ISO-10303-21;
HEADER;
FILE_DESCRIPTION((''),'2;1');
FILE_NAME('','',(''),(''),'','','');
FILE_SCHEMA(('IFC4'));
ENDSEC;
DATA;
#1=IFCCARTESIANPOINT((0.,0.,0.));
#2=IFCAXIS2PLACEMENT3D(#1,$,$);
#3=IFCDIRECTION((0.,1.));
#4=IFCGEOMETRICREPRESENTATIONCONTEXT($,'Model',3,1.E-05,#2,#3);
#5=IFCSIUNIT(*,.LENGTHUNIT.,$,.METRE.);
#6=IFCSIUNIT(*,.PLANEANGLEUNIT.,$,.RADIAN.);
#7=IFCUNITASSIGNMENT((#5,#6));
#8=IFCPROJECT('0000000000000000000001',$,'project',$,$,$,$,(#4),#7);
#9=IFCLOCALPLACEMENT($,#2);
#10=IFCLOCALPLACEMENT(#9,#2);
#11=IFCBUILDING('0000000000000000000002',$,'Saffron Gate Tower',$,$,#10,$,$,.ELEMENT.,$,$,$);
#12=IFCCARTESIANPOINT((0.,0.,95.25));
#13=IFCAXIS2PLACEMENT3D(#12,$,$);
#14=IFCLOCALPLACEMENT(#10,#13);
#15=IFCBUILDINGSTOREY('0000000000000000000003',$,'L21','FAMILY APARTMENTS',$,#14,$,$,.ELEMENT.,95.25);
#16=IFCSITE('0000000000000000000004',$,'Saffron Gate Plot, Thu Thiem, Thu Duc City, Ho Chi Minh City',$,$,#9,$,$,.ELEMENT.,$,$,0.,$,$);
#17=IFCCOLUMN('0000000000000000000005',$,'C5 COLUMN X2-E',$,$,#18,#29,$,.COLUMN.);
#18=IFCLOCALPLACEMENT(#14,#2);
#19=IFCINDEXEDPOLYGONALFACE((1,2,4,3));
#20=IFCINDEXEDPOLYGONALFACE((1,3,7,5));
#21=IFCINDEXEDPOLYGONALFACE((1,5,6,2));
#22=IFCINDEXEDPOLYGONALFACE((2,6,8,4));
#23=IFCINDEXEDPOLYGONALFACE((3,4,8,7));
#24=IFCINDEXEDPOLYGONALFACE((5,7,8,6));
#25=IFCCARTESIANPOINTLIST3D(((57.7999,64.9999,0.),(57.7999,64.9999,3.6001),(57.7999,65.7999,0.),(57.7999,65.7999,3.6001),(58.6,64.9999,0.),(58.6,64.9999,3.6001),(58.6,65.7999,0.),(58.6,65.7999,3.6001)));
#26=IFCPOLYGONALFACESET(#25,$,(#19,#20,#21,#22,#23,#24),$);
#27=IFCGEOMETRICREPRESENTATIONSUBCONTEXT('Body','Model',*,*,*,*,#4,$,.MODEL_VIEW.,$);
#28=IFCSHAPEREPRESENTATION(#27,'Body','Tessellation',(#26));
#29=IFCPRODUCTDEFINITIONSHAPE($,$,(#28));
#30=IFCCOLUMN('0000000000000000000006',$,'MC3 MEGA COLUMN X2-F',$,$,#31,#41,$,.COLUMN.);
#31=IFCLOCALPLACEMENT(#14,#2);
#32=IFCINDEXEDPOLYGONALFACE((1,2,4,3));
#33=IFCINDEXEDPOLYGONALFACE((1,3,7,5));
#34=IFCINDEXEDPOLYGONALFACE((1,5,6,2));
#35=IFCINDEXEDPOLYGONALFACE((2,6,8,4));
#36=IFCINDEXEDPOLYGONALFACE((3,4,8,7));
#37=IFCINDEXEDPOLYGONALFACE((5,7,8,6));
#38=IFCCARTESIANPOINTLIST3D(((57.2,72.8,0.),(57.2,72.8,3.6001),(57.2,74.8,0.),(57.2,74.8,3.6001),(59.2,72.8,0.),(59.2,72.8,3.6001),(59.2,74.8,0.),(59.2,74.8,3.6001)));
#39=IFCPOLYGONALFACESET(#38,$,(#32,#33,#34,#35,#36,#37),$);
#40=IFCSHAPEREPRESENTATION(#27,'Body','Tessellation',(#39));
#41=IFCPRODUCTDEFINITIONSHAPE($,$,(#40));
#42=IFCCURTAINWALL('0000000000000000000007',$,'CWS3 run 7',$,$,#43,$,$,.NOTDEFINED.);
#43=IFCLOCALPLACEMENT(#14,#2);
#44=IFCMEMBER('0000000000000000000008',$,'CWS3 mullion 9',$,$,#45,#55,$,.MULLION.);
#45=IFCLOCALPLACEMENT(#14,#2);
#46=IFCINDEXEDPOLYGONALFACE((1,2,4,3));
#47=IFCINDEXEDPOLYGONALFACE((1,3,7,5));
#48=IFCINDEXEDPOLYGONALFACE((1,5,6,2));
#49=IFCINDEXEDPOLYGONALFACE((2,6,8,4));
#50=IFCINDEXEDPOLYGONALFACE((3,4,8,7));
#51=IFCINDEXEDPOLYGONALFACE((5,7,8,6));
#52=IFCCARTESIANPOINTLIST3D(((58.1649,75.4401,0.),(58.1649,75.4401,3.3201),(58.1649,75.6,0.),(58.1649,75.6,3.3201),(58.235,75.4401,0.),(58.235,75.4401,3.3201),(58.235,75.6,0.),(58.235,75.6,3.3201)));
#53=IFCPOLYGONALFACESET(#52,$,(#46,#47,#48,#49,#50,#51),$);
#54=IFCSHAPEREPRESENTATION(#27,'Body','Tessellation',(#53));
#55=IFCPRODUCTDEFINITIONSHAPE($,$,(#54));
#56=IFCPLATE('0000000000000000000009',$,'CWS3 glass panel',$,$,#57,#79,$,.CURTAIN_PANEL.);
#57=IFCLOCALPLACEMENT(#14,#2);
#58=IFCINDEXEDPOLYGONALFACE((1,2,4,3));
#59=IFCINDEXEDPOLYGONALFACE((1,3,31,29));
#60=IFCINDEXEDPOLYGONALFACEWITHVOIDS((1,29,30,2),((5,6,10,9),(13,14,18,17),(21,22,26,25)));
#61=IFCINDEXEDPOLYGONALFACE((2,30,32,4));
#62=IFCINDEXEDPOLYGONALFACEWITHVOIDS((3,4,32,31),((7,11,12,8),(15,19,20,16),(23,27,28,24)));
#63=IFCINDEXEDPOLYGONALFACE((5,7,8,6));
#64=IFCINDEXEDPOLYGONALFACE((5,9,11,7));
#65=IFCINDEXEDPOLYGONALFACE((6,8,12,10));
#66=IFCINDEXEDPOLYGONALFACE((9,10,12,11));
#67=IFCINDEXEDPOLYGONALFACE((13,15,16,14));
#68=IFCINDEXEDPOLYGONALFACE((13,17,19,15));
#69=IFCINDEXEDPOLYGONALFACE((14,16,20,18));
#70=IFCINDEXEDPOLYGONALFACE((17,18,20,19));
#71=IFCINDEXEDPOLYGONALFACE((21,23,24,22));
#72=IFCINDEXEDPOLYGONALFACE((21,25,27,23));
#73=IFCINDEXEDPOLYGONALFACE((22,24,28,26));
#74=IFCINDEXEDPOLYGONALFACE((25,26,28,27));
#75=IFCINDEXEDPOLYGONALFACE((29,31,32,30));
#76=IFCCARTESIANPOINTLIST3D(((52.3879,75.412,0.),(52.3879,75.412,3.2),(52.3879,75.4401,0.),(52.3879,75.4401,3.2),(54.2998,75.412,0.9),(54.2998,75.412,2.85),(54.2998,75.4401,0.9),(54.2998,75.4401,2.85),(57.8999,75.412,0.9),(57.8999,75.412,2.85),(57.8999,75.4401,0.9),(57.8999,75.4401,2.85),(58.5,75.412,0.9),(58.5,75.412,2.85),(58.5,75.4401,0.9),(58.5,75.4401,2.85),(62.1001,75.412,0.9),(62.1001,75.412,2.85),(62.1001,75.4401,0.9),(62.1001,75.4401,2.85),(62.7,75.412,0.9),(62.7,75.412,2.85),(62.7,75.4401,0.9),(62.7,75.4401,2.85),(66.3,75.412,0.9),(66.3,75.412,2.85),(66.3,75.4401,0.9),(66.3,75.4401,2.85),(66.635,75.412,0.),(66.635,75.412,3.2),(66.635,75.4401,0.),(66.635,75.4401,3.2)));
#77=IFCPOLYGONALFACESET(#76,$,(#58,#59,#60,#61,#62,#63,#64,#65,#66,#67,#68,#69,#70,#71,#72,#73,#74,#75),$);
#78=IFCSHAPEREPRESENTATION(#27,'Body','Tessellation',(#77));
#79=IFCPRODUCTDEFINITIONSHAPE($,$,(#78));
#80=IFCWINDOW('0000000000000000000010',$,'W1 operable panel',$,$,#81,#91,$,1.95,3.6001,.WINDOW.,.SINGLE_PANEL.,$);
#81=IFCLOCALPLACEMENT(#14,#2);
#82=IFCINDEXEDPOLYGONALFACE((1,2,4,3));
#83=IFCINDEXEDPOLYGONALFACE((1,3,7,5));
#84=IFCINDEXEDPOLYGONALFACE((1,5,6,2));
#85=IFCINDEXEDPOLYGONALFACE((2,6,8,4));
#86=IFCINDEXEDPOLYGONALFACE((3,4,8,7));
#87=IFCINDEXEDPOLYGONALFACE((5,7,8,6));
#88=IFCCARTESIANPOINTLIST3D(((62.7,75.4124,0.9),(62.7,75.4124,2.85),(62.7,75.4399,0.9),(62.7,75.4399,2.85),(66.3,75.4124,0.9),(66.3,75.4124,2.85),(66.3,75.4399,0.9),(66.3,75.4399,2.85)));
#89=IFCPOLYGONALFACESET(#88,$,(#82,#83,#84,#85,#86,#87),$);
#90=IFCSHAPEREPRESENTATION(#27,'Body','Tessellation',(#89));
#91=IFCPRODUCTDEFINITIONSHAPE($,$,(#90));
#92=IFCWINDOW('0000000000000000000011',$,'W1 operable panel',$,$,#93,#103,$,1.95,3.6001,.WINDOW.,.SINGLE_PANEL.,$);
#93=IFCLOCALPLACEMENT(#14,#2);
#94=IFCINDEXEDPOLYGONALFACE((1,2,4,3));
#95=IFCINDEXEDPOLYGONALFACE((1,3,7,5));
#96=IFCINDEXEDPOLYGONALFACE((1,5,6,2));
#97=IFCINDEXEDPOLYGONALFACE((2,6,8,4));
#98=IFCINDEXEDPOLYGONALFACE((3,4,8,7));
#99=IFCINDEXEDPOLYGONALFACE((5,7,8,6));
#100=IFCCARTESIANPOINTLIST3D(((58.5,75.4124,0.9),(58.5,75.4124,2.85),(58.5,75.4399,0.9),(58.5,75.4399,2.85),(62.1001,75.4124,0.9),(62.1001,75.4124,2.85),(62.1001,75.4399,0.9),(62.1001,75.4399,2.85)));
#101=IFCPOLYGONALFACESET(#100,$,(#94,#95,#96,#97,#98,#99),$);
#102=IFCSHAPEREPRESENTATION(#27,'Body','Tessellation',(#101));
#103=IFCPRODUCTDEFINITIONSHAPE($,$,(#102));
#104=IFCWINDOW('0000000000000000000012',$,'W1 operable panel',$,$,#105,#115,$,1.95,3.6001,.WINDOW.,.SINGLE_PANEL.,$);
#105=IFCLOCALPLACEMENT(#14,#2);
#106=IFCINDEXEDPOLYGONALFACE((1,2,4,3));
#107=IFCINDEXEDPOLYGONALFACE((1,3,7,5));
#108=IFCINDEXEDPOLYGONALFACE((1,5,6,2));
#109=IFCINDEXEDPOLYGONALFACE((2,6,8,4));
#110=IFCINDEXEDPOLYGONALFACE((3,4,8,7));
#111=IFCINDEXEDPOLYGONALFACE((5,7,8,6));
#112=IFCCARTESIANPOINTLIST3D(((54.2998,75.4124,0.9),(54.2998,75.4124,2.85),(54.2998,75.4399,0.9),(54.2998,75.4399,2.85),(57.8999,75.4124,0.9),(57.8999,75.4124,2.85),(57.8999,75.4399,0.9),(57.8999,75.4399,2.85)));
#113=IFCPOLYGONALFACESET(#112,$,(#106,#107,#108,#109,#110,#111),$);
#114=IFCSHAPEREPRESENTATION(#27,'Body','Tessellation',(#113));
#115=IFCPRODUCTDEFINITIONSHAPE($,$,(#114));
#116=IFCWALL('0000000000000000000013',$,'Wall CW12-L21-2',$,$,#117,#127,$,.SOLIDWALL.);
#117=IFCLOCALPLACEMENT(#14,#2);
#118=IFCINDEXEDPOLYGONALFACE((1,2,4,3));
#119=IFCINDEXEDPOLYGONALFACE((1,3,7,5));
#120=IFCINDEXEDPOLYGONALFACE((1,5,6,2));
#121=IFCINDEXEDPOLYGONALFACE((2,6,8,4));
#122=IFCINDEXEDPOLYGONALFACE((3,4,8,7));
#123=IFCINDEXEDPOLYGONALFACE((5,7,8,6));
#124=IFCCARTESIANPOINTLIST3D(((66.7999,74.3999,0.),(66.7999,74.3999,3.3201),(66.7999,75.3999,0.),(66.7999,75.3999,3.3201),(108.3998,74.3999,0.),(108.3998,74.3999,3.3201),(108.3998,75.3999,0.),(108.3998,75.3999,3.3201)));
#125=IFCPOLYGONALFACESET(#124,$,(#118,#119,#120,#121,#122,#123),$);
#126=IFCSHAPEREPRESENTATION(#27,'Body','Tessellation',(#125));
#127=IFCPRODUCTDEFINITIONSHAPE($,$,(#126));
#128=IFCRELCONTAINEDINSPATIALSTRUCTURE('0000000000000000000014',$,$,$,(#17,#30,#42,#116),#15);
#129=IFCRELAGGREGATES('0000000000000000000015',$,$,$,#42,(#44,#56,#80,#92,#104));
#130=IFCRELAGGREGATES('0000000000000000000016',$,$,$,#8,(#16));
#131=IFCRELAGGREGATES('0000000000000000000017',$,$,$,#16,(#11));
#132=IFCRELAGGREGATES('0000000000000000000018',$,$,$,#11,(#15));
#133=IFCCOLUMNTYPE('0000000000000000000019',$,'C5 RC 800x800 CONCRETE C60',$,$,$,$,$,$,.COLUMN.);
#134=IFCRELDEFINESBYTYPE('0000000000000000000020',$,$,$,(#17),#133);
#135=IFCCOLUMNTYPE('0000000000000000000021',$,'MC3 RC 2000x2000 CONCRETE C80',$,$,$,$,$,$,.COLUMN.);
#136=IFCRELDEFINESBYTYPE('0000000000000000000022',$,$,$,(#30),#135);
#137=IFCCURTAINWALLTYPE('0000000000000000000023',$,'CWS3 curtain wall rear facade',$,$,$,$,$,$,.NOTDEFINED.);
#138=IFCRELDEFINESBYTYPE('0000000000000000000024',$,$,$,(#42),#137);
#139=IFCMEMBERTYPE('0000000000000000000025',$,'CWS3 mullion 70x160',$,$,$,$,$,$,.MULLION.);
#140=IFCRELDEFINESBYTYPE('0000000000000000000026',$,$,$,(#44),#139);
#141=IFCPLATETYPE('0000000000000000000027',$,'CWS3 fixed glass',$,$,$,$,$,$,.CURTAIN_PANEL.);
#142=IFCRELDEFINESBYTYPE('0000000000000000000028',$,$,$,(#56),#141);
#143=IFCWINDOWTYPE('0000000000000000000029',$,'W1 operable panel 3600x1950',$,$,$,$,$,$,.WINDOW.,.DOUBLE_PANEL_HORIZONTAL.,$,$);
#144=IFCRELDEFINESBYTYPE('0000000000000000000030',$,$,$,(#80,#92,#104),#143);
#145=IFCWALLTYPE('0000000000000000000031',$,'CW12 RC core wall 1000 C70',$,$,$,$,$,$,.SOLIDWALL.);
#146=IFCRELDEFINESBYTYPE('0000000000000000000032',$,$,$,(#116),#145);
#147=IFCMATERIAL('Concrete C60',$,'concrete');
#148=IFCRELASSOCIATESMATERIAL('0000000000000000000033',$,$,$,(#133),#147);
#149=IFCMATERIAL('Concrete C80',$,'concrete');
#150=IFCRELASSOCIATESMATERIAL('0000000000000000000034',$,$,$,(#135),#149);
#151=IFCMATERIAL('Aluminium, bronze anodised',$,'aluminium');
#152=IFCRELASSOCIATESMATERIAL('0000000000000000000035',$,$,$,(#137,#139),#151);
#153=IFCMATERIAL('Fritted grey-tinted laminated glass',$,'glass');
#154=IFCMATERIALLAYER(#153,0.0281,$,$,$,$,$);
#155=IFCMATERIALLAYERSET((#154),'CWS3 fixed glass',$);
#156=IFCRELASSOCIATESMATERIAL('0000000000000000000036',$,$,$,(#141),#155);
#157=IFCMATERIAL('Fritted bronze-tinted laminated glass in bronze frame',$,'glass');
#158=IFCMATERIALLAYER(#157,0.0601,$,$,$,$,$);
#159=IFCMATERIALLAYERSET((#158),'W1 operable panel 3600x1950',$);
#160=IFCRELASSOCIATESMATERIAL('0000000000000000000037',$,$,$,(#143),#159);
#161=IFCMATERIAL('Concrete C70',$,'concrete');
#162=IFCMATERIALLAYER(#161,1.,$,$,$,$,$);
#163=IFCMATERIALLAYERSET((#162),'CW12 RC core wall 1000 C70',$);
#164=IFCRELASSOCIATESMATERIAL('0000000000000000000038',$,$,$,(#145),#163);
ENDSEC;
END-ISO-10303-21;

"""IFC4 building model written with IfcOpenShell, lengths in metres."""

from ifc_helpers import new_model, si_unit, direction, frame, frame_2d, origin, origin_2d, place, context, subcontext, project, spatial, rectangle, extrude, material, layer, layer_set, material_profile, profile_set, type_object, element, fill, aggregate, save


model = new_model("IFC4")

# Units and contexts
model_context = context("Model", 3, precision=1e-05, world=origin(), true_north=direction((0.0, 1.0)))
body_context = subcontext(model_context, "Body", "Model", "MODEL_VIEW")
ifc_project = project(units=[si_unit("LENGTHUNIT", "METRE"), si_unit("PLANEANGLEUNIT", "RADIAN")], contexts=[model_context])

# Site, building, storey
site_placement = place(None, origin())
site = spatial("IfcSite", under=ifc_project, at=site_placement, Name="Saffron Gate Plot, Thu Thiem, Thu Duc City, Ho Chi Minh City", CompositionType="ELEMENT", RefElevation=0.0)
building_placement = place(site_placement, origin())
building = spatial("IfcBuilding", under=site, at=building_placement, Name="Saffron Gate Tower", CompositionType="ELEMENT")
storey_placement = place(building_placement, frame((0.0, 0.0, 95.25)))
storey = spatial("IfcBuildingStorey", under=building, at=storey_placement, Name="L21", Description="FAMILY APARTMENTS", CompositionType="ELEMENT", Elevation=95.25)

# Columns
ifc_material_1 = material(Name="Concrete C60", Category="concrete")
ifc_material_profile_1 = material_profile(ifc_material_1, rectangle(XDim=0.8, YDim=0.8, at=origin_2d()))
ifc_profile_set_1 = profile_set([ifc_material_profile_1], Name="Concrete C60")
column_type_1 = type_object("IfcColumnType", Name="C5 RC 800x800 CONCRETE C60", PredefinedType="COLUMN", material=ifc_profile_set_1)
column_1_placement = place(storey_placement, frame((58.2, 65.3999, 0.0), z_axis=(0.0, 0.0, 1.0), x_axis=(1.0, 0.0, 0.0)))
element("IfcColumn", 1, at=column_1_placement, inside=storey, type_object=column_type_1, Name="C5 COLUMN X2-E", PredefinedType="COLUMN", context=body_context, shape_type="SweptSolid", body=[
    extrude(rectangle(XDim=0.8, YDim=0.8, at=origin_2d()), origin(), (0.0, 0.0, 1.0), 3.6001),
])
ifc_material_2 = material(Name="Concrete C80", Category="concrete")
ifc_material_profile_2 = material_profile(ifc_material_2, rectangle(XDim=2.0, YDim=2.0, at=origin_2d()))
ifc_profile_set_2 = profile_set([ifc_material_profile_2], Name="Concrete C80")
column_type_2 = type_object("IfcColumnType", Name="MC3 RC 2000x2000 CONCRETE C80", PredefinedType="COLUMN", material=ifc_profile_set_2)
column_2_placement = place(storey_placement, frame((58.2, 73.8, 0.0), z_axis=(0.0, 0.0, 1.0), x_axis=(1.0, 0.0, 0.0)))
element("IfcColumn", 2, at=column_2_placement, inside=storey, type_object=column_type_2, Name="MC3 MEGA COLUMN X2-F", PredefinedType="COLUMN", context=body_context, shape_type="SweptSolid", body=[
    extrude(rectangle(XDim=2.0, YDim=2.0, at=origin_2d()), origin(), (0.0, 0.0, 1.0), 3.6001),
])

# Curtain wall, member, plate, openings, windows
ifc_material_3 = material(Name="Aluminium, bronze anodised", Category="aluminium")
curtain_wall_type = type_object("IfcCurtainWallType", Name="CWS3 curtain wall rear facade", PredefinedType="NOTDEFINED", material=ifc_material_3)
curtain_wall_placement = place(storey_placement, origin())
curtain_wall = element("IfcCurtainWall", 3, at=curtain_wall_placement, inside=storey, type_object=curtain_wall_type, Name="CWS3 run 7", PredefinedType="NOTDEFINED")
ifc_material_profile_3 = material_profile(ifc_material_3, rectangle(XDim=0.1599, YDim=0.0701, at=origin_2d()))
ifc_profile_set_3 = profile_set([ifc_material_profile_3], Name="Aluminium, bronze anodised")
member_type = type_object("IfcMemberType", Name="CWS3 mullion 70x160", PredefinedType="MULLION", material=ifc_profile_set_3)
member_placement = place(storey_placement, frame((58.2, 75.52, 0.0), z_axis=(0.0, 0.0, 1.0), x_axis=(0.0, -1.0, 0.0)))
member = element("IfcMember", 4, at=member_placement, type_object=member_type, Name="CWS3 mullion 9", PredefinedType="MULLION", context=body_context, shape_type="SweptSolid", body=[
    extrude(rectangle(XDim=0.1599, YDim=0.0701, at=origin_2d()), origin(), (0.0, 0.0, 1.0), 3.3201),
])
ifc_material_4 = material(Name="Fritted grey-tinted laminated glass", Category="glass")
ifc_layer_1 = layer(ifc_material_4, 0.0281)
ifc_layer_set_1 = layer_set([ifc_layer_1], Name="CWS3 fixed glass")
plate_type = type_object("IfcPlateType", Name="CWS3 fixed glass", PredefinedType="CURTAIN_PANEL", material=ifc_layer_set_1)
plate_placement = place(storey_placement, frame((66.635, 75.426, 0.0), z_axis=(0.0, 0.0, 1.0), x_axis=(-1.0, 0.0, 0.0)))
plate = element("IfcPlate", 5, at=plate_placement, type_object=plate_type, Name="CWS3 glass panel", PredefinedType="CURTAIN_PANEL", context=body_context, shape_type="SweptSolid", body=[
    extrude(rectangle(XDim=14.2471, YDim=0.0281, at=frame_2d((7.1235, 0.0))), origin(), (0.0, 0.0, 1.0), 3.2),
])
opening_1_placement = place(plate_placement, frame((0.335, 0.0, 0.8999)))
opening_1 = element("IfcOpeningElement", 6, at=opening_1_placement, cuts=plate, PredefinedType="OPENING", context=body_context, shape_type="SweptSolid", body=[
    extrude(rectangle(XDim=3.6001, YDim=1.95, at=frame_2d((1.8, 0.9751))), frame((0.0, 0.0239, 0.0), z_axis=(0.0, -1.0, 0.0), x_axis=(1.0, 0.0, 0.0)), (0.0, 0.0, 1.0), 0.0481),
])
opening_2_placement = place(plate_placement, frame((4.5349, 0.0, 0.8999)))
opening_2 = element("IfcOpeningElement", 7, at=opening_2_placement, cuts=plate, PredefinedType="OPENING", context=body_context, shape_type="SweptSolid", body=[
    extrude(rectangle(XDim=3.6001, YDim=1.95, at=frame_2d((1.8, 0.9751))), frame((0.0, 0.0239, 0.0), z_axis=(0.0, -1.0, 0.0), x_axis=(1.0, 0.0, 0.0)), (0.0, 0.0, 1.0), 0.0481),
])
opening_3_placement = place(plate_placement, frame((8.7351, 0.0, 0.8999)))
opening_3 = element("IfcOpeningElement", 8, at=opening_3_placement, cuts=plate, PredefinedType="OPENING", context=body_context, shape_type="SweptSolid", body=[
    extrude(rectangle(XDim=3.6001, YDim=1.95, at=frame_2d((1.8, 0.9751))), frame((0.0, 0.0239, 0.0), z_axis=(0.0, -1.0, 0.0), x_axis=(1.0, 0.0, 0.0)), (0.0, 0.0, 1.0), 0.0481),
])
ifc_material_5 = material(Name="Fritted bronze-tinted laminated glass in bronze frame", Category="glass")
ifc_layer_2 = layer(ifc_material_5, 0.0601)
ifc_layer_set_2 = layer_set([ifc_layer_2], Name="W1 operable panel 3600x1950")
window_type = type_object("IfcWindowType", Name="W1 operable panel 3600x1950", PartitioningType="DOUBLE_PANEL_HORIZONTAL", PredefinedType="WINDOW", material=ifc_layer_set_2)
window_1_placement = place(opening_1_placement, origin())
window_1 = element("IfcWindow", 9, at=window_1_placement, type_object=window_type, Name="W1 operable panel", OverallHeight=1.95, OverallWidth=3.6001, PartitioningType="SINGLE_PANEL", PredefinedType="WINDOW", context=body_context, shape_type="SweptSolid", body=[
    extrude(rectangle(XDim=3.6001, YDim=1.95, at=frame_2d((1.8, 0.9751))), frame((0.0, 0.0137, 0.0), z_axis=(0.0, -1.0, 0.0), x_axis=(1.0, 0.0, 0.0)), (0.0, 0.0, 1.0), 0.0276),
])
fill(opening_1, window_1)
window_2_placement = place(opening_2_placement, origin())
window_2 = element("IfcWindow", 10, at=window_2_placement, type_object=window_type, Name="W1 operable panel", OverallHeight=1.95, OverallWidth=3.6001, PartitioningType="SINGLE_PANEL", PredefinedType="WINDOW", context=body_context, shape_type="SweptSolid", body=[
    extrude(rectangle(XDim=3.6001, YDim=1.95, at=frame_2d((1.8, 0.9751))), frame((0.0, 0.0137, 0.0), z_axis=(0.0, -1.0, 0.0), x_axis=(1.0, 0.0, 0.0)), (0.0, 0.0, 1.0), 0.0276),
])
fill(opening_2, window_2)
window_3_placement = place(opening_3_placement, origin())
window_3 = element("IfcWindow", 11, at=window_3_placement, type_object=window_type, Name="W1 operable panel", OverallHeight=1.95, OverallWidth=3.6001, PartitioningType="SINGLE_PANEL", PredefinedType="WINDOW", context=body_context, shape_type="SweptSolid", body=[
    extrude(rectangle(XDim=3.6001, YDim=1.95, at=frame_2d((1.8, 0.9751))), frame((0.0, 0.0137, 0.0), z_axis=(0.0, -1.0, 0.0), x_axis=(1.0, 0.0, 0.0)), (0.0, 0.0, 1.0), 0.0276),
])
fill(opening_3, window_3)
aggregate(curtain_wall, [member, plate, window_1, window_2, window_3])

# Wall
ifc_material_6 = material(Name="Concrete C70", Category="concrete")
ifc_layer_3 = layer(ifc_material_6, 1.0)
ifc_layer_set_3 = layer_set([ifc_layer_3], Name="CW12 RC core wall 1000 C70")
wall_type_1 = type_object("IfcWallType", Name="CW12 RC core wall 1000 C70", PredefinedType="SOLIDWALL", material=ifc_layer_set_3)
wall_1_placement = place(storey_placement, frame((66.8, 74.8999, 0.0), z_axis=(0.0, 0.0, 1.0), x_axis=(1.0, 0.0, 0.0)))
element("IfcWall", 12, at=wall_1_placement, inside=storey, type_object=wall_type_1, Name="Wall CW12-L21-2", PredefinedType="SOLIDWALL", context=body_context, shape_type="SweptSolid", body=[
    extrude(rectangle(XDim=41.5999, YDim=1.0, at=frame_2d((20.7998, 0.0))), origin(), (0.0, 0.0, 1.0), 3.3201),
])

save(model, "model.ifc")
